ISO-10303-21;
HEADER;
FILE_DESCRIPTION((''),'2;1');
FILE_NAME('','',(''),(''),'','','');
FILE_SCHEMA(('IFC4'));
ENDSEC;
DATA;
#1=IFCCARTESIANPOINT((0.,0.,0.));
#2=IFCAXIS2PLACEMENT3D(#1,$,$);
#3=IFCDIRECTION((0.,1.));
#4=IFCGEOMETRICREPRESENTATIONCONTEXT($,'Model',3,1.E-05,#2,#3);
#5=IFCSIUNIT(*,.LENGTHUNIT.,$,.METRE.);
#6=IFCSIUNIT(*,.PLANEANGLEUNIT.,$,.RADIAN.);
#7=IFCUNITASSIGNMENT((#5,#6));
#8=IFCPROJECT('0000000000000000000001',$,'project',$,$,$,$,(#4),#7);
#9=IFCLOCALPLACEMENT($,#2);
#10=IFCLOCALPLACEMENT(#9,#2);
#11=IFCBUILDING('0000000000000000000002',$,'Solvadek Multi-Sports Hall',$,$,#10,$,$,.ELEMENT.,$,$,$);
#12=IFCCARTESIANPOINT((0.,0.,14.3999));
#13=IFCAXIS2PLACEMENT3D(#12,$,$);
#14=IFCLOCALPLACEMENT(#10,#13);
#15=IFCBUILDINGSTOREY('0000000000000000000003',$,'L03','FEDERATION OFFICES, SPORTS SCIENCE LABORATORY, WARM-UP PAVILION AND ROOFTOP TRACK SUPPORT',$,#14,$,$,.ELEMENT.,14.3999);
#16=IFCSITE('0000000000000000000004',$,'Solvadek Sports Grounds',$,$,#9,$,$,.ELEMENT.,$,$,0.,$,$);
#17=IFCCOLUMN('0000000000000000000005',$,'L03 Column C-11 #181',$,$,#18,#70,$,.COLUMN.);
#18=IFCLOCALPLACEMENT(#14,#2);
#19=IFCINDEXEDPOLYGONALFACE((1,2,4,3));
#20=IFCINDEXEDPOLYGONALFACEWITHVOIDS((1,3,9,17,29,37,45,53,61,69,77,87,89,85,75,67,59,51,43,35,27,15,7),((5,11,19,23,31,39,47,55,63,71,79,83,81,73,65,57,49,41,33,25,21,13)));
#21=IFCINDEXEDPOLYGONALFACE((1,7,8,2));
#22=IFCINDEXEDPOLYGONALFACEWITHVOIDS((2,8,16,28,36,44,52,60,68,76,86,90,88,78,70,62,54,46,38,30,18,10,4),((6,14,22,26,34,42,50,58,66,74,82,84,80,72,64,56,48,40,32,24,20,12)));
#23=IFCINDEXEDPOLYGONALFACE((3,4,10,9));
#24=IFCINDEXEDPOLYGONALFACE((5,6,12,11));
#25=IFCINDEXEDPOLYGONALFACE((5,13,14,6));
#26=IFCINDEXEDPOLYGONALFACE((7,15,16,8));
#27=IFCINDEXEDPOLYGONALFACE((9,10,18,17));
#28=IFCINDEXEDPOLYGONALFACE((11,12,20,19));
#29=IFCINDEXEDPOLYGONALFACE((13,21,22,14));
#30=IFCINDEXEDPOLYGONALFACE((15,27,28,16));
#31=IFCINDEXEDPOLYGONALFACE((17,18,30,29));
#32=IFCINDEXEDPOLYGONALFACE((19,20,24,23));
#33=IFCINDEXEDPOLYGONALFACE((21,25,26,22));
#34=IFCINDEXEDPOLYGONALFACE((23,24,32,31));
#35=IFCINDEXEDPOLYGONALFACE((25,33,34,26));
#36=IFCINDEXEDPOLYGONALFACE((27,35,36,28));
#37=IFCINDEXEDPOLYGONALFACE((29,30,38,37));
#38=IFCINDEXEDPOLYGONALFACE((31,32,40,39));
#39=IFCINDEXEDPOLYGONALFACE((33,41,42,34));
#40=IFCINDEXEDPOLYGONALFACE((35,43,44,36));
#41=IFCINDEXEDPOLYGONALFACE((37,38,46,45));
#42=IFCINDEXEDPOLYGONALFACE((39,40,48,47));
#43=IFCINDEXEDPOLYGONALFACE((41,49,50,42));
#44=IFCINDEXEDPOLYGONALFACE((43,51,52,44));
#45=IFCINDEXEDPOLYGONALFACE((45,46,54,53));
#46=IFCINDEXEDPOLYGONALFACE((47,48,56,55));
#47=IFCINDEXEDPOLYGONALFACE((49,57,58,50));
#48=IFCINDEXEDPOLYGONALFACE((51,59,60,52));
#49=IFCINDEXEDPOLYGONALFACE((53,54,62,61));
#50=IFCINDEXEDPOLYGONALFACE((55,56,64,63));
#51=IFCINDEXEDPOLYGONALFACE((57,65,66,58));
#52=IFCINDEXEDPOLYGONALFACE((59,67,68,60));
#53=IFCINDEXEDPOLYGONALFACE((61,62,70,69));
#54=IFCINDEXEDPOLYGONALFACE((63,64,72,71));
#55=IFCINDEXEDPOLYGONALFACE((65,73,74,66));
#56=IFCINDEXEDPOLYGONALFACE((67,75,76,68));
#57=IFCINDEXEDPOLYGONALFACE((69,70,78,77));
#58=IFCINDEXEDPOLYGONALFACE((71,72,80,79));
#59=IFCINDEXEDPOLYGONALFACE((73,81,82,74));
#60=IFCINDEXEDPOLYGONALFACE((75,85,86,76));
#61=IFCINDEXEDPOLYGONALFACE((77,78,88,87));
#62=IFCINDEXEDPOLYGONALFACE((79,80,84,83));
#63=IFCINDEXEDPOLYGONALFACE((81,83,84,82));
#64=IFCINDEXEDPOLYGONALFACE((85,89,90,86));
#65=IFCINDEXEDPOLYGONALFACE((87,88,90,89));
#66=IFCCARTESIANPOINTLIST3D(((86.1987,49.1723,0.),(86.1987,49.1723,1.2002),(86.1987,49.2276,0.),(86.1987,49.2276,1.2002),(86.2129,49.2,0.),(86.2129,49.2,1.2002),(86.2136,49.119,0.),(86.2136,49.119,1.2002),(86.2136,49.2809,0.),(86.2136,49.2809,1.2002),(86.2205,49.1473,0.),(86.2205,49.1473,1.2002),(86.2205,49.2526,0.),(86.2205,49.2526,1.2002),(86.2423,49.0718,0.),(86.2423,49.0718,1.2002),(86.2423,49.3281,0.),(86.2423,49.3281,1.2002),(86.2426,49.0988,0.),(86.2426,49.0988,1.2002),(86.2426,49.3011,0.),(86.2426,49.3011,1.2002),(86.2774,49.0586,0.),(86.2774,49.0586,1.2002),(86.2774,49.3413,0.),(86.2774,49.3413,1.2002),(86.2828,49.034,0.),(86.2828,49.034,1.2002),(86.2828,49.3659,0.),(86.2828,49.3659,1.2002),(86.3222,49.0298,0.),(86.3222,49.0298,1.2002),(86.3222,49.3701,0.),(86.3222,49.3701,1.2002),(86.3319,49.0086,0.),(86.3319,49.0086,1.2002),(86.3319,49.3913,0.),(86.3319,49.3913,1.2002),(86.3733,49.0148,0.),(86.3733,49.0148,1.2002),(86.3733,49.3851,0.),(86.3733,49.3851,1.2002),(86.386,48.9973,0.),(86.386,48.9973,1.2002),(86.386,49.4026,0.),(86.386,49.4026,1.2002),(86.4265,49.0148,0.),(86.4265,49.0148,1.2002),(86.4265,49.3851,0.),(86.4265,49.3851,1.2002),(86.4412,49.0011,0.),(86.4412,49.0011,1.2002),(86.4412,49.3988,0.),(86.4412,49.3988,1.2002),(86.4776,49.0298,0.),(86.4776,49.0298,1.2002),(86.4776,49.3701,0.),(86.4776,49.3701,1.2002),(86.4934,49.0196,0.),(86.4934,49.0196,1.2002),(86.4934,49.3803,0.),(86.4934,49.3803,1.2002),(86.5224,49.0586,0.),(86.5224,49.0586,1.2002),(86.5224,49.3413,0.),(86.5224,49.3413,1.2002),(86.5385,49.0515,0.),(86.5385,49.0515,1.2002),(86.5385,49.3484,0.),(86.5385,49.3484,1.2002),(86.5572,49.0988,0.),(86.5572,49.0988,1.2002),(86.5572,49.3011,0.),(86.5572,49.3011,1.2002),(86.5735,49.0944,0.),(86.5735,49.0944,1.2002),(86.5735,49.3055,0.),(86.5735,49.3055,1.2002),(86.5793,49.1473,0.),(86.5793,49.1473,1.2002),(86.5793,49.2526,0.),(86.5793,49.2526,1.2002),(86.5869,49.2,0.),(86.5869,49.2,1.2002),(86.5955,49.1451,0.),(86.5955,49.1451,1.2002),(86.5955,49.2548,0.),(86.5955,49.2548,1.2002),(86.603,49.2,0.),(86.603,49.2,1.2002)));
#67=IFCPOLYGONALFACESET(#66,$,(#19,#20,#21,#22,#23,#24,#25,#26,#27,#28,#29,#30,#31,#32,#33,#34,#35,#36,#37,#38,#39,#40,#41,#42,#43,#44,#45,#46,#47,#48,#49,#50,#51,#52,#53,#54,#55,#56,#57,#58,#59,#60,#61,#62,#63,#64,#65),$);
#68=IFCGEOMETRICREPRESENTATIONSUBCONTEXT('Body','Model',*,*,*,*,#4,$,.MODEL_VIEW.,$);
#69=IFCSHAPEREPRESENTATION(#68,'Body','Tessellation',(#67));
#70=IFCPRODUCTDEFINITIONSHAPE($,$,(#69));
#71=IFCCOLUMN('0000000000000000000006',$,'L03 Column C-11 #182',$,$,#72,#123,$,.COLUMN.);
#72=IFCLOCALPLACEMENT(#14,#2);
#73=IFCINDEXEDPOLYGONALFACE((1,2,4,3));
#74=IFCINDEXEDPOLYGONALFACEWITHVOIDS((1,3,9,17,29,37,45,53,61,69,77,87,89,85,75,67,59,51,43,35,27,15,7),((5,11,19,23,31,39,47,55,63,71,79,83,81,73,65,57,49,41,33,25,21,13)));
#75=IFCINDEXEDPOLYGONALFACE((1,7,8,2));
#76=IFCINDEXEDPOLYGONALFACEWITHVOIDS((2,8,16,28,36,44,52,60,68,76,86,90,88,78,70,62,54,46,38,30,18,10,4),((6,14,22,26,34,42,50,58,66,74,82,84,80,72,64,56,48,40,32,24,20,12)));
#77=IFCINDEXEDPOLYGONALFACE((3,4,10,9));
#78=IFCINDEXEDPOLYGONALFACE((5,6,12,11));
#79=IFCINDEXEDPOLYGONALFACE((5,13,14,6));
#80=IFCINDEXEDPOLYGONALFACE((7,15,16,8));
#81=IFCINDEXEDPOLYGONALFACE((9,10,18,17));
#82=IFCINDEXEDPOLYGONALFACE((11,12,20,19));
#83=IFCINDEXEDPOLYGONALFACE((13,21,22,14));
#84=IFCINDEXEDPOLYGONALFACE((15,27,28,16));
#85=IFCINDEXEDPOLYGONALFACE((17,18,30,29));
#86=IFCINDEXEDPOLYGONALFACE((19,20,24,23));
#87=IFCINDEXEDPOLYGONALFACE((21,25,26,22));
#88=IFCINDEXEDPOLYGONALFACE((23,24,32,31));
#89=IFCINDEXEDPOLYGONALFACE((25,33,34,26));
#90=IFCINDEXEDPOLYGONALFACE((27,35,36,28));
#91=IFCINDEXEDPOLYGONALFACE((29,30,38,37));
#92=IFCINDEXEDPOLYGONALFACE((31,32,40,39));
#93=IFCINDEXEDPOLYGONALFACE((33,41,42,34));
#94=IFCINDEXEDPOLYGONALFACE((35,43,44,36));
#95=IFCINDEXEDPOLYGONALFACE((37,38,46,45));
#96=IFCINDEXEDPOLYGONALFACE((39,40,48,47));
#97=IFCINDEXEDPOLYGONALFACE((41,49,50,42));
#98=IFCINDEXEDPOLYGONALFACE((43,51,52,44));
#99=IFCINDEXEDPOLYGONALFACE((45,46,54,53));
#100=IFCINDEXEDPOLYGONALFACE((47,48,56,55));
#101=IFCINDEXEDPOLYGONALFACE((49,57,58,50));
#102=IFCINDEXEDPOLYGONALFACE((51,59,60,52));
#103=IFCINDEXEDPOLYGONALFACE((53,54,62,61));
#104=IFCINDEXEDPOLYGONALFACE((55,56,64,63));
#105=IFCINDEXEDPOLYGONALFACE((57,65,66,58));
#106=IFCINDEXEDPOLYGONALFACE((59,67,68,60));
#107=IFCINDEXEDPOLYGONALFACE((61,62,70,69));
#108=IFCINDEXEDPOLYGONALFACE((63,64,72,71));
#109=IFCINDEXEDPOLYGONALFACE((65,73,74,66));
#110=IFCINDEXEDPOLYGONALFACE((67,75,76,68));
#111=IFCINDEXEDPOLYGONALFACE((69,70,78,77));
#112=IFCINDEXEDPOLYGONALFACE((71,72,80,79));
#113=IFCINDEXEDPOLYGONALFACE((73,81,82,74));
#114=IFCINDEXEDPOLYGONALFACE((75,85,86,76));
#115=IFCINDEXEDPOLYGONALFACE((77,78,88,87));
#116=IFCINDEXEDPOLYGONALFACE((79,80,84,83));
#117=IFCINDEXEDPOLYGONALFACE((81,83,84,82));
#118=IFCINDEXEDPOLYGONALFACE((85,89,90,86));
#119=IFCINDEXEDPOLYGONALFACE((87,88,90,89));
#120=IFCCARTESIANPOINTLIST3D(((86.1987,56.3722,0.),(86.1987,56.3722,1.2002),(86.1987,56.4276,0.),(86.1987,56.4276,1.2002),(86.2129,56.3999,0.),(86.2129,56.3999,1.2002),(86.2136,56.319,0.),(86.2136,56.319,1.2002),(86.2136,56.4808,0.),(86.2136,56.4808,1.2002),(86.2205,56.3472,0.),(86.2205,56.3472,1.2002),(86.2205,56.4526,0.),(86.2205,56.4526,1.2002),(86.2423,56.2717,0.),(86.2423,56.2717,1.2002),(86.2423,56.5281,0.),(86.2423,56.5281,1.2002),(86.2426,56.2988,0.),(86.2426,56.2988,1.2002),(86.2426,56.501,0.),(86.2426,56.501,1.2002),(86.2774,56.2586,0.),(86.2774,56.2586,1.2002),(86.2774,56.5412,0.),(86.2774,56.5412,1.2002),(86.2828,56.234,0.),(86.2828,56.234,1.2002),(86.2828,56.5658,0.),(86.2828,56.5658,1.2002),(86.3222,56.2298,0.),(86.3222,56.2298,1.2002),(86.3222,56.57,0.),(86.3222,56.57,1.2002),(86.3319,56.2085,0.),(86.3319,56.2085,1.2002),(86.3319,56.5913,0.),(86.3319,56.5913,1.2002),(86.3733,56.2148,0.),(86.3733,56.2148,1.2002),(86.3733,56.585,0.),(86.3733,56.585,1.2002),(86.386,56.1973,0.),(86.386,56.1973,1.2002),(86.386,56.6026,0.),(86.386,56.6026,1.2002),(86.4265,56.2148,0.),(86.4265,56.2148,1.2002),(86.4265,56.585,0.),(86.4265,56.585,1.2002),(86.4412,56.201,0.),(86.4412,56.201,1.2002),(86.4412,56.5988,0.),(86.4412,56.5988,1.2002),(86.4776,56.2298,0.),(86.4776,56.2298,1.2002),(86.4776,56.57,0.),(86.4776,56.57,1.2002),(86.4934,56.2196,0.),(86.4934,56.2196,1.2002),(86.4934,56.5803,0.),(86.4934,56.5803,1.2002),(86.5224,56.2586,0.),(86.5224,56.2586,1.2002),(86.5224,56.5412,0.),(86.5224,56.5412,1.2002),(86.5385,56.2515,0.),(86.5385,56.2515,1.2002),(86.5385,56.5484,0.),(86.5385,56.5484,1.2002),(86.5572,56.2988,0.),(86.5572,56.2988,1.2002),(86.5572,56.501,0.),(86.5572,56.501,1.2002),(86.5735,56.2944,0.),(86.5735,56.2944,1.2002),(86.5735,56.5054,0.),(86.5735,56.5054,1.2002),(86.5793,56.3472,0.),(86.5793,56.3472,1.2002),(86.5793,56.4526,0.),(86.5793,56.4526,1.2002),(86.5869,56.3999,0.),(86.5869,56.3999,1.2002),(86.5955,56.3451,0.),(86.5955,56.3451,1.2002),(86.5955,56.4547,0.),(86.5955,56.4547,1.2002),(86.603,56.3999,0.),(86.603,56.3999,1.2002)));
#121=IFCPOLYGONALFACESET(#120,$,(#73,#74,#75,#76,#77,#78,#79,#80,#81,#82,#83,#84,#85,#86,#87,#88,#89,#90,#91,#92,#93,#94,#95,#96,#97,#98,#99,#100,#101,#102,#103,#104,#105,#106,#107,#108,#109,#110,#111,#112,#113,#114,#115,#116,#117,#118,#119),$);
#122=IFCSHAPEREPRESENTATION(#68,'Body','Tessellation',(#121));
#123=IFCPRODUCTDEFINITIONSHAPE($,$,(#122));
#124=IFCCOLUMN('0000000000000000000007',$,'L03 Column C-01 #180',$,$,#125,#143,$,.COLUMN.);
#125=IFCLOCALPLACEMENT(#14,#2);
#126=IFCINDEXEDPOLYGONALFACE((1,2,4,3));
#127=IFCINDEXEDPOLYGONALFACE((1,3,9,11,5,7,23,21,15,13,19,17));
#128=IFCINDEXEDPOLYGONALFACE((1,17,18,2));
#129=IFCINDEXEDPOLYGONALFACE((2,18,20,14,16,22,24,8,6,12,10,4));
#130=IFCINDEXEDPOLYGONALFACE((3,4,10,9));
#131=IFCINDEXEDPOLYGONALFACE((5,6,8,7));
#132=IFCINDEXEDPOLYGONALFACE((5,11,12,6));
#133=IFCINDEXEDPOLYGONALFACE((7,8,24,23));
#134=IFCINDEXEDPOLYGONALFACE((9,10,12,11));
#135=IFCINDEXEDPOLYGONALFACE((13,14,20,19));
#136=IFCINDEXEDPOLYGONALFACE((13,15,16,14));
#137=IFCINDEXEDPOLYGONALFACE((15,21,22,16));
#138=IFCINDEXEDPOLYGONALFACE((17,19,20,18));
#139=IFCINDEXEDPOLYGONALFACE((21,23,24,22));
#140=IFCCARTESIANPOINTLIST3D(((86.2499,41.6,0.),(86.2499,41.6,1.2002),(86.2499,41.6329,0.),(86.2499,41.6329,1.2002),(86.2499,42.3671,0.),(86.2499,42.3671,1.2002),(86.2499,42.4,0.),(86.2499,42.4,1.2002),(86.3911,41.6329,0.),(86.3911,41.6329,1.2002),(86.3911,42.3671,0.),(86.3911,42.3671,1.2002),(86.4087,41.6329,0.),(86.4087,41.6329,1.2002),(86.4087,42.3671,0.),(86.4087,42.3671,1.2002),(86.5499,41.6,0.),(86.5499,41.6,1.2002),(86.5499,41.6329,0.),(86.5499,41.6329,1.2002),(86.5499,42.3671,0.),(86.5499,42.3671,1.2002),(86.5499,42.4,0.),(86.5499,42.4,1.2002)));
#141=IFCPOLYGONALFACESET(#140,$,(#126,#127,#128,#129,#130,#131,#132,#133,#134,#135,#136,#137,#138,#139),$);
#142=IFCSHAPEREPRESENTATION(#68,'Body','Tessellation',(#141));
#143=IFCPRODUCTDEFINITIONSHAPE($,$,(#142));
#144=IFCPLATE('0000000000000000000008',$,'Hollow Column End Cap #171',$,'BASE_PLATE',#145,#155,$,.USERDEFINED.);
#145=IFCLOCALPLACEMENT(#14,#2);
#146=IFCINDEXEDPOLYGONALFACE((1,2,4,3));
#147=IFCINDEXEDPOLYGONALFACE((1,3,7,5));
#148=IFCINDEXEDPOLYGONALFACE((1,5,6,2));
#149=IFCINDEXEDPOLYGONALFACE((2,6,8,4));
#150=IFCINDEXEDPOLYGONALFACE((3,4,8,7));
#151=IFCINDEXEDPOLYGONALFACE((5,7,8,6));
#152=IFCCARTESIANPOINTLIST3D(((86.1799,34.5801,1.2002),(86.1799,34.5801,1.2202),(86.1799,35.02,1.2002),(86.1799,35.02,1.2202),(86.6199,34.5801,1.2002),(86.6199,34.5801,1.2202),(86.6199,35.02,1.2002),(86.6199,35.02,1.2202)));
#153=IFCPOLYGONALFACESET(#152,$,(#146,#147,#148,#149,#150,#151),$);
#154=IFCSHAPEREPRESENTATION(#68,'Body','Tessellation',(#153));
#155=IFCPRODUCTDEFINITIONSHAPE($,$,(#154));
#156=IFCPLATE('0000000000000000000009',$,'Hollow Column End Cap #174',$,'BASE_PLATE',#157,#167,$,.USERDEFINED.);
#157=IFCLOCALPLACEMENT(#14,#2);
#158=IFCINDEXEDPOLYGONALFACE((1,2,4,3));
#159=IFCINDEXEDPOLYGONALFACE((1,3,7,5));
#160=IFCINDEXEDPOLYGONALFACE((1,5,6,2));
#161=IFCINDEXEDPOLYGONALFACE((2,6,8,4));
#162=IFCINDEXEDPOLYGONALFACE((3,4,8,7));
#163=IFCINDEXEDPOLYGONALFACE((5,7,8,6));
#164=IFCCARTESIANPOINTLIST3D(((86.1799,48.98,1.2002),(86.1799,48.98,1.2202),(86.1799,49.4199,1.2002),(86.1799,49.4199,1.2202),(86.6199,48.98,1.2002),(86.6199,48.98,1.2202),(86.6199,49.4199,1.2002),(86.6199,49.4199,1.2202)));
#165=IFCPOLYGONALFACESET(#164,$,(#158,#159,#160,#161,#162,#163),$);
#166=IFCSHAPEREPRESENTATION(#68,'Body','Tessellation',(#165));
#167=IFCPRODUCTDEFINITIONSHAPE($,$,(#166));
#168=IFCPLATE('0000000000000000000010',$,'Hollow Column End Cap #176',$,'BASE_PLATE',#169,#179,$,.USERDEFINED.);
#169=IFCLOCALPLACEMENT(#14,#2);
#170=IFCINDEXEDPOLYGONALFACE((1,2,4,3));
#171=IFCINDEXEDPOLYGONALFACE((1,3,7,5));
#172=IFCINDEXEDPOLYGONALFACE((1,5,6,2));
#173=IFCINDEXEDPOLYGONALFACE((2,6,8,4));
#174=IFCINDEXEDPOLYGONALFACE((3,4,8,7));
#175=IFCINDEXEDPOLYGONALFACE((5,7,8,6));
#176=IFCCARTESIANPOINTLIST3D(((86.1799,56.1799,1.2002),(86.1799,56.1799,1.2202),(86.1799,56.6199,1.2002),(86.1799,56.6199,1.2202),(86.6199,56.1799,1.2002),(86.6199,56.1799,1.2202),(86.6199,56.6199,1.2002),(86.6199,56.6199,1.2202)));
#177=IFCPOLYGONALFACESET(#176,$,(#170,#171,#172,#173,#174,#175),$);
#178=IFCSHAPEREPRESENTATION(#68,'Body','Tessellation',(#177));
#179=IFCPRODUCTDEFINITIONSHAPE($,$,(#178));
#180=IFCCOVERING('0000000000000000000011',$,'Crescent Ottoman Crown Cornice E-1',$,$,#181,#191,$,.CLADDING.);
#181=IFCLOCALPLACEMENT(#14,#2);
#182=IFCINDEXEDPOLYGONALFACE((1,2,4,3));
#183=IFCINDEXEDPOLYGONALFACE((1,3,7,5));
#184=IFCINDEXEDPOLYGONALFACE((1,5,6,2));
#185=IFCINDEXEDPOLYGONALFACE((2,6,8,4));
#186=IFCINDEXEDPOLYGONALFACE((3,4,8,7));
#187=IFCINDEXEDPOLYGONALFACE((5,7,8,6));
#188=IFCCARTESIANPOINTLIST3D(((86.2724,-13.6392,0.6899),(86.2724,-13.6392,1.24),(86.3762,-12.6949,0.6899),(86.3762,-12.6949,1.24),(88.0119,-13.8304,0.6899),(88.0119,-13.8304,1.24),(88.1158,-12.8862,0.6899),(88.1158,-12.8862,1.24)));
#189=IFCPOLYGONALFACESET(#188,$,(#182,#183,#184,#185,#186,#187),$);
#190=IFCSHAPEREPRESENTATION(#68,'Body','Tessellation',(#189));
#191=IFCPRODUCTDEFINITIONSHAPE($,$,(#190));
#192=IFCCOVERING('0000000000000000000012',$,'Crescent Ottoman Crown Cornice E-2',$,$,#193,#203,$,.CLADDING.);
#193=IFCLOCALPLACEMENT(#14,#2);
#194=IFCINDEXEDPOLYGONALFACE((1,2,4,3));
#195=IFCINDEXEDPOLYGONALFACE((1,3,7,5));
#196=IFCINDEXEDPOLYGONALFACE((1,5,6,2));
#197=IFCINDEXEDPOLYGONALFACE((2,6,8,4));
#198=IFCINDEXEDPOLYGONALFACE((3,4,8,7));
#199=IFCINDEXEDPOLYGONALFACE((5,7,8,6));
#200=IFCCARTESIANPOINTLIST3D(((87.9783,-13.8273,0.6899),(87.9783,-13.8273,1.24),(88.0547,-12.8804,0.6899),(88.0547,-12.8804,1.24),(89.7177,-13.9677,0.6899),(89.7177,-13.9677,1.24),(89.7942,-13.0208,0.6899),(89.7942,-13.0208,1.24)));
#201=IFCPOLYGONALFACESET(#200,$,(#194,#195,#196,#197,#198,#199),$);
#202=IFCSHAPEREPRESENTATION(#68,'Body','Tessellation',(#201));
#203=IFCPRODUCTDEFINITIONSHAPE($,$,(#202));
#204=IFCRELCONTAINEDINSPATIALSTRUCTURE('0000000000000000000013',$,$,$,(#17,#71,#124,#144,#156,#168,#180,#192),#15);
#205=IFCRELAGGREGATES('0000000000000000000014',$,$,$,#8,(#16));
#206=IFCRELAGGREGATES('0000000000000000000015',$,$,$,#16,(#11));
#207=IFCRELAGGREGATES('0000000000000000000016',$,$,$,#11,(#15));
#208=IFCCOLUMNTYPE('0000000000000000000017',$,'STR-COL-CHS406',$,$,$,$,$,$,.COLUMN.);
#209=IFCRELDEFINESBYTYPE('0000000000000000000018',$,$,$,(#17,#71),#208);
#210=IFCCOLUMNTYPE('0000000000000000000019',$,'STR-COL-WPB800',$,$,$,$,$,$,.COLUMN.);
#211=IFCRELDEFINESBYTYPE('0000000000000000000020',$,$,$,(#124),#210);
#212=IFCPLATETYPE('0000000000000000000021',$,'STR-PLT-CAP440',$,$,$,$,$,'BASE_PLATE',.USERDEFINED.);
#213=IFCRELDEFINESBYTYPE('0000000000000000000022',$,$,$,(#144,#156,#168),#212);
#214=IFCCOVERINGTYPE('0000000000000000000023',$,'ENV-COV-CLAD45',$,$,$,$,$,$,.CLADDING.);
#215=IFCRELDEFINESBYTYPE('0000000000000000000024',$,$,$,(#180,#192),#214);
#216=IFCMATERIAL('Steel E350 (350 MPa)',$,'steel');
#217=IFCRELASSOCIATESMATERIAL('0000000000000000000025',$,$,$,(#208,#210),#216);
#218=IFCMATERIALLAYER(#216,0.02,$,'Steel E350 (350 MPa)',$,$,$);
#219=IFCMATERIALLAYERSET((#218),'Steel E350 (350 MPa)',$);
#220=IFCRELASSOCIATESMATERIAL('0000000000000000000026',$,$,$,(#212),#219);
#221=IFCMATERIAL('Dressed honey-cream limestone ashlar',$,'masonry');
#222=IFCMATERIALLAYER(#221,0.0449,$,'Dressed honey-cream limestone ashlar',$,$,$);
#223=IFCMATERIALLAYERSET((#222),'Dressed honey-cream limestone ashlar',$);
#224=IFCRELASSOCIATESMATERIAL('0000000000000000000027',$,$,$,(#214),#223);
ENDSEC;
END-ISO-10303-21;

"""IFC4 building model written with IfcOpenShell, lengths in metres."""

from ifc_helpers import new_model, si_unit, direction, frame, origin, origin_2d, place, context, subcontext, project, spatial, rectangle, hollow_circle, i_section, extrude, material, layer, layer_set, material_profile, profile_set, type_object, element, save


model = new_model("IFC4")

# Units and contexts
model_context = context("Model", 3, precision=1e-05, world=origin(), true_north=direction((0.0, 1.0)))
body_context = subcontext(model_context, "Body", "Model", "MODEL_VIEW")
ifc_project = project(units=[si_unit("LENGTHUNIT", "METRE"), si_unit("PLANEANGLEUNIT", "RADIAN")], contexts=[model_context])

# Site, building, storey
site_placement = place(None, origin())
site = spatial("IfcSite", under=ifc_project, at=site_placement, Name="Solvadek Sports Grounds", CompositionType="ELEMENT", RefElevation=0.0)
building_placement = place(site_placement, origin())
building = spatial("IfcBuilding", under=site, at=building_placement, Name="Solvadek Multi-Sports Hall", CompositionType="ELEMENT")
storey_placement = place(building_placement, frame((0.0, 0.0, 14.3999)))
storey = spatial("IfcBuildingStorey", under=building, at=storey_placement, Name="L03", Description="FEDERATION OFFICES, SPORTS SCIENCE LABORATORY, WARM-UP PAVILION AND ROOFTOP TRACK SUPPORT", CompositionType="ELEMENT", Elevation=14.3999)

# Columns
ifc_material_1 = material(Name="Steel E350 (350 MPa)", Category="steel")
ifc_material_profile_1 = material_profile(ifc_material_1, hollow_circle(Radius=0.2031, WallThickness=0.0161, at=origin_2d()), Name="CHS 406.4x16")
ifc_profile_set_1 = profile_set([ifc_material_profile_1], Name="Steel E350 (350 MPa)")
column_type_1 = type_object("IfcColumnType", Name="STR-COL-CHS406", PredefinedType="COLUMN", material=ifc_profile_set_1)
for number, where, z_axis, x_axis, name in (
    (1, (86.3999, 49.2, 0.0), (0.0, 0.0, 1.0), (1.0, 0.0, 0.0), "L03 Column C-11 #181"),
    (2, (86.3999, 56.3999, 0.0), (0.0, 0.0, 1.0), (1.0, 0.0, 0.0), "L03 Column C-11 #182"),
):
    element("IfcColumn", number, at=place(storey_placement, frame(where, z_axis=z_axis, x_axis=x_axis)), inside=storey, type_object=column_type_1, Name=name, PredefinedType="COLUMN", context=body_context, shape_type="SweptSolid", body=[
        extrude(hollow_circle(Radius=0.2031, WallThickness=0.0161, at=origin_2d()), origin(), (0.0, 0.0, 1.0), 1.2002),
    ])
ifc_material_profile_2 = material_profile(ifc_material_1, i_section(OverallWidth=0.3, OverallDepth=0.8, WebThickness=0.0176, FlangeThickness=0.033, at=origin_2d()), Name="WPB 800")
ifc_profile_set_2 = profile_set([ifc_material_profile_2], Name="Steel E350 (350 MPa)")
column_type_2 = type_object("IfcColumnType", Name="STR-COL-WPB800", PredefinedType="COLUMN", material=ifc_profile_set_2)
column_placement = place(storey_placement, frame((86.3999, 42.0, 0.0), z_axis=(0.0, 0.0, 1.0), x_axis=(1.0, 0.0, 0.0)))
element("IfcColumn", 3, at=column_placement, inside=storey, type_object=column_type_2, Name="L03 Column C-01 #180", PredefinedType="COLUMN", context=body_context, shape_type="SweptSolid", body=[
    extrude(i_section(OverallWidth=0.3, OverallDepth=0.8, WebThickness=0.0176, FlangeThickness=0.033, at=origin_2d()), origin(), (0.0, 0.0, 1.0), 1.2002),
])

# Plates
ifc_layer_1 = layer(ifc_material_1, 0.02, Name="Steel E350 (350 MPa)")
ifc_layer_set_1 = layer_set([ifc_layer_1], Name="Steel E350 (350 MPa)")
plate_type = type_object("IfcPlateType", Name="STR-PLT-CAP440", ElementType="BASE_PLATE", PredefinedType="USERDEFINED", material=ifc_layer_set_1)
for number, where, z_axis, x_axis, name in (
    (4, (86.3999, 34.8, 1.2002), (0.0, 0.0, 1.0), (1.0, 0.0, 0.0), "Hollow Column End Cap #171"),
    (5, (86.3999, 49.2, 1.2002), (0.0, 0.0, 1.0), (1.0, 0.0, 0.0), "Hollow Column End Cap #174"),
    (6, (86.3999, 56.3999, 1.2002), (0.0, 0.0, 1.0), (1.0, 0.0, 0.0), "Hollow Column End Cap #176"),
):
    element("IfcPlate", number, at=place(storey_placement, frame(where, z_axis=z_axis, x_axis=x_axis)), inside=storey, type_object=plate_type, Name=name, ObjectType="BASE_PLATE", PredefinedType="USERDEFINED", context=body_context, shape_type="SweptSolid", body=[
        extrude(rectangle(XDim=0.4399, YDim=0.4399, at=origin_2d()), origin(), (0.0, 0.0, 1.0), 0.02),
    ])

# Coverings
ifc_material_2 = material(Name="Dressed honey-cream limestone ashlar", Category="masonry")
ifc_layer_2 = layer(ifc_material_2, 0.0449, Name="Dressed honey-cream limestone ashlar")
ifc_layer_set_2 = layer_set([ifc_layer_2], Name="Dressed honey-cream limestone ashlar")
covering_type = type_object("IfcCoveringType", Name="ENV-COV-CLAD45", PredefinedType="CLADDING", material=ifc_layer_set_2)
covering_1_placement = place(storey_placement, frame((87.1941, -13.2627, 0.6899), z_axis=(0.0, 0.0, 1.0), x_axis=(0.994011, -0.109282, 0.0)))
element("IfcCovering", 7, at=covering_1_placement, inside=storey, type_object=covering_type, Name="Crescent Ottoman Crown Cornice E-1", PredefinedType="CLADDING", context=body_context, shape_type="SweptSolid", body=[
    extrude(rectangle(XDim=1.75, YDim=0.95, at=origin_2d()), origin(), (0.0, 0.0, 1.0), 0.55),
])
covering_2_placement = place(storey_placement, frame((88.8862, -13.4241, 0.6899), z_axis=(0.0, 0.0, 1.0), x_axis=(0.996758, -0.080453, 0.0)))
element("IfcCovering", 8, at=covering_2_placement, inside=storey, type_object=covering_type, Name="Crescent Ottoman Crown Cornice E-2", PredefinedType="CLADDING", context=body_context, shape_type="SweptSolid", body=[
    extrude(rectangle(XDim=1.7451, YDim=0.95, at=origin_2d()), origin(), (0.0, 0.0, 1.0), 0.55),
])

save(model, "model.ifc")
